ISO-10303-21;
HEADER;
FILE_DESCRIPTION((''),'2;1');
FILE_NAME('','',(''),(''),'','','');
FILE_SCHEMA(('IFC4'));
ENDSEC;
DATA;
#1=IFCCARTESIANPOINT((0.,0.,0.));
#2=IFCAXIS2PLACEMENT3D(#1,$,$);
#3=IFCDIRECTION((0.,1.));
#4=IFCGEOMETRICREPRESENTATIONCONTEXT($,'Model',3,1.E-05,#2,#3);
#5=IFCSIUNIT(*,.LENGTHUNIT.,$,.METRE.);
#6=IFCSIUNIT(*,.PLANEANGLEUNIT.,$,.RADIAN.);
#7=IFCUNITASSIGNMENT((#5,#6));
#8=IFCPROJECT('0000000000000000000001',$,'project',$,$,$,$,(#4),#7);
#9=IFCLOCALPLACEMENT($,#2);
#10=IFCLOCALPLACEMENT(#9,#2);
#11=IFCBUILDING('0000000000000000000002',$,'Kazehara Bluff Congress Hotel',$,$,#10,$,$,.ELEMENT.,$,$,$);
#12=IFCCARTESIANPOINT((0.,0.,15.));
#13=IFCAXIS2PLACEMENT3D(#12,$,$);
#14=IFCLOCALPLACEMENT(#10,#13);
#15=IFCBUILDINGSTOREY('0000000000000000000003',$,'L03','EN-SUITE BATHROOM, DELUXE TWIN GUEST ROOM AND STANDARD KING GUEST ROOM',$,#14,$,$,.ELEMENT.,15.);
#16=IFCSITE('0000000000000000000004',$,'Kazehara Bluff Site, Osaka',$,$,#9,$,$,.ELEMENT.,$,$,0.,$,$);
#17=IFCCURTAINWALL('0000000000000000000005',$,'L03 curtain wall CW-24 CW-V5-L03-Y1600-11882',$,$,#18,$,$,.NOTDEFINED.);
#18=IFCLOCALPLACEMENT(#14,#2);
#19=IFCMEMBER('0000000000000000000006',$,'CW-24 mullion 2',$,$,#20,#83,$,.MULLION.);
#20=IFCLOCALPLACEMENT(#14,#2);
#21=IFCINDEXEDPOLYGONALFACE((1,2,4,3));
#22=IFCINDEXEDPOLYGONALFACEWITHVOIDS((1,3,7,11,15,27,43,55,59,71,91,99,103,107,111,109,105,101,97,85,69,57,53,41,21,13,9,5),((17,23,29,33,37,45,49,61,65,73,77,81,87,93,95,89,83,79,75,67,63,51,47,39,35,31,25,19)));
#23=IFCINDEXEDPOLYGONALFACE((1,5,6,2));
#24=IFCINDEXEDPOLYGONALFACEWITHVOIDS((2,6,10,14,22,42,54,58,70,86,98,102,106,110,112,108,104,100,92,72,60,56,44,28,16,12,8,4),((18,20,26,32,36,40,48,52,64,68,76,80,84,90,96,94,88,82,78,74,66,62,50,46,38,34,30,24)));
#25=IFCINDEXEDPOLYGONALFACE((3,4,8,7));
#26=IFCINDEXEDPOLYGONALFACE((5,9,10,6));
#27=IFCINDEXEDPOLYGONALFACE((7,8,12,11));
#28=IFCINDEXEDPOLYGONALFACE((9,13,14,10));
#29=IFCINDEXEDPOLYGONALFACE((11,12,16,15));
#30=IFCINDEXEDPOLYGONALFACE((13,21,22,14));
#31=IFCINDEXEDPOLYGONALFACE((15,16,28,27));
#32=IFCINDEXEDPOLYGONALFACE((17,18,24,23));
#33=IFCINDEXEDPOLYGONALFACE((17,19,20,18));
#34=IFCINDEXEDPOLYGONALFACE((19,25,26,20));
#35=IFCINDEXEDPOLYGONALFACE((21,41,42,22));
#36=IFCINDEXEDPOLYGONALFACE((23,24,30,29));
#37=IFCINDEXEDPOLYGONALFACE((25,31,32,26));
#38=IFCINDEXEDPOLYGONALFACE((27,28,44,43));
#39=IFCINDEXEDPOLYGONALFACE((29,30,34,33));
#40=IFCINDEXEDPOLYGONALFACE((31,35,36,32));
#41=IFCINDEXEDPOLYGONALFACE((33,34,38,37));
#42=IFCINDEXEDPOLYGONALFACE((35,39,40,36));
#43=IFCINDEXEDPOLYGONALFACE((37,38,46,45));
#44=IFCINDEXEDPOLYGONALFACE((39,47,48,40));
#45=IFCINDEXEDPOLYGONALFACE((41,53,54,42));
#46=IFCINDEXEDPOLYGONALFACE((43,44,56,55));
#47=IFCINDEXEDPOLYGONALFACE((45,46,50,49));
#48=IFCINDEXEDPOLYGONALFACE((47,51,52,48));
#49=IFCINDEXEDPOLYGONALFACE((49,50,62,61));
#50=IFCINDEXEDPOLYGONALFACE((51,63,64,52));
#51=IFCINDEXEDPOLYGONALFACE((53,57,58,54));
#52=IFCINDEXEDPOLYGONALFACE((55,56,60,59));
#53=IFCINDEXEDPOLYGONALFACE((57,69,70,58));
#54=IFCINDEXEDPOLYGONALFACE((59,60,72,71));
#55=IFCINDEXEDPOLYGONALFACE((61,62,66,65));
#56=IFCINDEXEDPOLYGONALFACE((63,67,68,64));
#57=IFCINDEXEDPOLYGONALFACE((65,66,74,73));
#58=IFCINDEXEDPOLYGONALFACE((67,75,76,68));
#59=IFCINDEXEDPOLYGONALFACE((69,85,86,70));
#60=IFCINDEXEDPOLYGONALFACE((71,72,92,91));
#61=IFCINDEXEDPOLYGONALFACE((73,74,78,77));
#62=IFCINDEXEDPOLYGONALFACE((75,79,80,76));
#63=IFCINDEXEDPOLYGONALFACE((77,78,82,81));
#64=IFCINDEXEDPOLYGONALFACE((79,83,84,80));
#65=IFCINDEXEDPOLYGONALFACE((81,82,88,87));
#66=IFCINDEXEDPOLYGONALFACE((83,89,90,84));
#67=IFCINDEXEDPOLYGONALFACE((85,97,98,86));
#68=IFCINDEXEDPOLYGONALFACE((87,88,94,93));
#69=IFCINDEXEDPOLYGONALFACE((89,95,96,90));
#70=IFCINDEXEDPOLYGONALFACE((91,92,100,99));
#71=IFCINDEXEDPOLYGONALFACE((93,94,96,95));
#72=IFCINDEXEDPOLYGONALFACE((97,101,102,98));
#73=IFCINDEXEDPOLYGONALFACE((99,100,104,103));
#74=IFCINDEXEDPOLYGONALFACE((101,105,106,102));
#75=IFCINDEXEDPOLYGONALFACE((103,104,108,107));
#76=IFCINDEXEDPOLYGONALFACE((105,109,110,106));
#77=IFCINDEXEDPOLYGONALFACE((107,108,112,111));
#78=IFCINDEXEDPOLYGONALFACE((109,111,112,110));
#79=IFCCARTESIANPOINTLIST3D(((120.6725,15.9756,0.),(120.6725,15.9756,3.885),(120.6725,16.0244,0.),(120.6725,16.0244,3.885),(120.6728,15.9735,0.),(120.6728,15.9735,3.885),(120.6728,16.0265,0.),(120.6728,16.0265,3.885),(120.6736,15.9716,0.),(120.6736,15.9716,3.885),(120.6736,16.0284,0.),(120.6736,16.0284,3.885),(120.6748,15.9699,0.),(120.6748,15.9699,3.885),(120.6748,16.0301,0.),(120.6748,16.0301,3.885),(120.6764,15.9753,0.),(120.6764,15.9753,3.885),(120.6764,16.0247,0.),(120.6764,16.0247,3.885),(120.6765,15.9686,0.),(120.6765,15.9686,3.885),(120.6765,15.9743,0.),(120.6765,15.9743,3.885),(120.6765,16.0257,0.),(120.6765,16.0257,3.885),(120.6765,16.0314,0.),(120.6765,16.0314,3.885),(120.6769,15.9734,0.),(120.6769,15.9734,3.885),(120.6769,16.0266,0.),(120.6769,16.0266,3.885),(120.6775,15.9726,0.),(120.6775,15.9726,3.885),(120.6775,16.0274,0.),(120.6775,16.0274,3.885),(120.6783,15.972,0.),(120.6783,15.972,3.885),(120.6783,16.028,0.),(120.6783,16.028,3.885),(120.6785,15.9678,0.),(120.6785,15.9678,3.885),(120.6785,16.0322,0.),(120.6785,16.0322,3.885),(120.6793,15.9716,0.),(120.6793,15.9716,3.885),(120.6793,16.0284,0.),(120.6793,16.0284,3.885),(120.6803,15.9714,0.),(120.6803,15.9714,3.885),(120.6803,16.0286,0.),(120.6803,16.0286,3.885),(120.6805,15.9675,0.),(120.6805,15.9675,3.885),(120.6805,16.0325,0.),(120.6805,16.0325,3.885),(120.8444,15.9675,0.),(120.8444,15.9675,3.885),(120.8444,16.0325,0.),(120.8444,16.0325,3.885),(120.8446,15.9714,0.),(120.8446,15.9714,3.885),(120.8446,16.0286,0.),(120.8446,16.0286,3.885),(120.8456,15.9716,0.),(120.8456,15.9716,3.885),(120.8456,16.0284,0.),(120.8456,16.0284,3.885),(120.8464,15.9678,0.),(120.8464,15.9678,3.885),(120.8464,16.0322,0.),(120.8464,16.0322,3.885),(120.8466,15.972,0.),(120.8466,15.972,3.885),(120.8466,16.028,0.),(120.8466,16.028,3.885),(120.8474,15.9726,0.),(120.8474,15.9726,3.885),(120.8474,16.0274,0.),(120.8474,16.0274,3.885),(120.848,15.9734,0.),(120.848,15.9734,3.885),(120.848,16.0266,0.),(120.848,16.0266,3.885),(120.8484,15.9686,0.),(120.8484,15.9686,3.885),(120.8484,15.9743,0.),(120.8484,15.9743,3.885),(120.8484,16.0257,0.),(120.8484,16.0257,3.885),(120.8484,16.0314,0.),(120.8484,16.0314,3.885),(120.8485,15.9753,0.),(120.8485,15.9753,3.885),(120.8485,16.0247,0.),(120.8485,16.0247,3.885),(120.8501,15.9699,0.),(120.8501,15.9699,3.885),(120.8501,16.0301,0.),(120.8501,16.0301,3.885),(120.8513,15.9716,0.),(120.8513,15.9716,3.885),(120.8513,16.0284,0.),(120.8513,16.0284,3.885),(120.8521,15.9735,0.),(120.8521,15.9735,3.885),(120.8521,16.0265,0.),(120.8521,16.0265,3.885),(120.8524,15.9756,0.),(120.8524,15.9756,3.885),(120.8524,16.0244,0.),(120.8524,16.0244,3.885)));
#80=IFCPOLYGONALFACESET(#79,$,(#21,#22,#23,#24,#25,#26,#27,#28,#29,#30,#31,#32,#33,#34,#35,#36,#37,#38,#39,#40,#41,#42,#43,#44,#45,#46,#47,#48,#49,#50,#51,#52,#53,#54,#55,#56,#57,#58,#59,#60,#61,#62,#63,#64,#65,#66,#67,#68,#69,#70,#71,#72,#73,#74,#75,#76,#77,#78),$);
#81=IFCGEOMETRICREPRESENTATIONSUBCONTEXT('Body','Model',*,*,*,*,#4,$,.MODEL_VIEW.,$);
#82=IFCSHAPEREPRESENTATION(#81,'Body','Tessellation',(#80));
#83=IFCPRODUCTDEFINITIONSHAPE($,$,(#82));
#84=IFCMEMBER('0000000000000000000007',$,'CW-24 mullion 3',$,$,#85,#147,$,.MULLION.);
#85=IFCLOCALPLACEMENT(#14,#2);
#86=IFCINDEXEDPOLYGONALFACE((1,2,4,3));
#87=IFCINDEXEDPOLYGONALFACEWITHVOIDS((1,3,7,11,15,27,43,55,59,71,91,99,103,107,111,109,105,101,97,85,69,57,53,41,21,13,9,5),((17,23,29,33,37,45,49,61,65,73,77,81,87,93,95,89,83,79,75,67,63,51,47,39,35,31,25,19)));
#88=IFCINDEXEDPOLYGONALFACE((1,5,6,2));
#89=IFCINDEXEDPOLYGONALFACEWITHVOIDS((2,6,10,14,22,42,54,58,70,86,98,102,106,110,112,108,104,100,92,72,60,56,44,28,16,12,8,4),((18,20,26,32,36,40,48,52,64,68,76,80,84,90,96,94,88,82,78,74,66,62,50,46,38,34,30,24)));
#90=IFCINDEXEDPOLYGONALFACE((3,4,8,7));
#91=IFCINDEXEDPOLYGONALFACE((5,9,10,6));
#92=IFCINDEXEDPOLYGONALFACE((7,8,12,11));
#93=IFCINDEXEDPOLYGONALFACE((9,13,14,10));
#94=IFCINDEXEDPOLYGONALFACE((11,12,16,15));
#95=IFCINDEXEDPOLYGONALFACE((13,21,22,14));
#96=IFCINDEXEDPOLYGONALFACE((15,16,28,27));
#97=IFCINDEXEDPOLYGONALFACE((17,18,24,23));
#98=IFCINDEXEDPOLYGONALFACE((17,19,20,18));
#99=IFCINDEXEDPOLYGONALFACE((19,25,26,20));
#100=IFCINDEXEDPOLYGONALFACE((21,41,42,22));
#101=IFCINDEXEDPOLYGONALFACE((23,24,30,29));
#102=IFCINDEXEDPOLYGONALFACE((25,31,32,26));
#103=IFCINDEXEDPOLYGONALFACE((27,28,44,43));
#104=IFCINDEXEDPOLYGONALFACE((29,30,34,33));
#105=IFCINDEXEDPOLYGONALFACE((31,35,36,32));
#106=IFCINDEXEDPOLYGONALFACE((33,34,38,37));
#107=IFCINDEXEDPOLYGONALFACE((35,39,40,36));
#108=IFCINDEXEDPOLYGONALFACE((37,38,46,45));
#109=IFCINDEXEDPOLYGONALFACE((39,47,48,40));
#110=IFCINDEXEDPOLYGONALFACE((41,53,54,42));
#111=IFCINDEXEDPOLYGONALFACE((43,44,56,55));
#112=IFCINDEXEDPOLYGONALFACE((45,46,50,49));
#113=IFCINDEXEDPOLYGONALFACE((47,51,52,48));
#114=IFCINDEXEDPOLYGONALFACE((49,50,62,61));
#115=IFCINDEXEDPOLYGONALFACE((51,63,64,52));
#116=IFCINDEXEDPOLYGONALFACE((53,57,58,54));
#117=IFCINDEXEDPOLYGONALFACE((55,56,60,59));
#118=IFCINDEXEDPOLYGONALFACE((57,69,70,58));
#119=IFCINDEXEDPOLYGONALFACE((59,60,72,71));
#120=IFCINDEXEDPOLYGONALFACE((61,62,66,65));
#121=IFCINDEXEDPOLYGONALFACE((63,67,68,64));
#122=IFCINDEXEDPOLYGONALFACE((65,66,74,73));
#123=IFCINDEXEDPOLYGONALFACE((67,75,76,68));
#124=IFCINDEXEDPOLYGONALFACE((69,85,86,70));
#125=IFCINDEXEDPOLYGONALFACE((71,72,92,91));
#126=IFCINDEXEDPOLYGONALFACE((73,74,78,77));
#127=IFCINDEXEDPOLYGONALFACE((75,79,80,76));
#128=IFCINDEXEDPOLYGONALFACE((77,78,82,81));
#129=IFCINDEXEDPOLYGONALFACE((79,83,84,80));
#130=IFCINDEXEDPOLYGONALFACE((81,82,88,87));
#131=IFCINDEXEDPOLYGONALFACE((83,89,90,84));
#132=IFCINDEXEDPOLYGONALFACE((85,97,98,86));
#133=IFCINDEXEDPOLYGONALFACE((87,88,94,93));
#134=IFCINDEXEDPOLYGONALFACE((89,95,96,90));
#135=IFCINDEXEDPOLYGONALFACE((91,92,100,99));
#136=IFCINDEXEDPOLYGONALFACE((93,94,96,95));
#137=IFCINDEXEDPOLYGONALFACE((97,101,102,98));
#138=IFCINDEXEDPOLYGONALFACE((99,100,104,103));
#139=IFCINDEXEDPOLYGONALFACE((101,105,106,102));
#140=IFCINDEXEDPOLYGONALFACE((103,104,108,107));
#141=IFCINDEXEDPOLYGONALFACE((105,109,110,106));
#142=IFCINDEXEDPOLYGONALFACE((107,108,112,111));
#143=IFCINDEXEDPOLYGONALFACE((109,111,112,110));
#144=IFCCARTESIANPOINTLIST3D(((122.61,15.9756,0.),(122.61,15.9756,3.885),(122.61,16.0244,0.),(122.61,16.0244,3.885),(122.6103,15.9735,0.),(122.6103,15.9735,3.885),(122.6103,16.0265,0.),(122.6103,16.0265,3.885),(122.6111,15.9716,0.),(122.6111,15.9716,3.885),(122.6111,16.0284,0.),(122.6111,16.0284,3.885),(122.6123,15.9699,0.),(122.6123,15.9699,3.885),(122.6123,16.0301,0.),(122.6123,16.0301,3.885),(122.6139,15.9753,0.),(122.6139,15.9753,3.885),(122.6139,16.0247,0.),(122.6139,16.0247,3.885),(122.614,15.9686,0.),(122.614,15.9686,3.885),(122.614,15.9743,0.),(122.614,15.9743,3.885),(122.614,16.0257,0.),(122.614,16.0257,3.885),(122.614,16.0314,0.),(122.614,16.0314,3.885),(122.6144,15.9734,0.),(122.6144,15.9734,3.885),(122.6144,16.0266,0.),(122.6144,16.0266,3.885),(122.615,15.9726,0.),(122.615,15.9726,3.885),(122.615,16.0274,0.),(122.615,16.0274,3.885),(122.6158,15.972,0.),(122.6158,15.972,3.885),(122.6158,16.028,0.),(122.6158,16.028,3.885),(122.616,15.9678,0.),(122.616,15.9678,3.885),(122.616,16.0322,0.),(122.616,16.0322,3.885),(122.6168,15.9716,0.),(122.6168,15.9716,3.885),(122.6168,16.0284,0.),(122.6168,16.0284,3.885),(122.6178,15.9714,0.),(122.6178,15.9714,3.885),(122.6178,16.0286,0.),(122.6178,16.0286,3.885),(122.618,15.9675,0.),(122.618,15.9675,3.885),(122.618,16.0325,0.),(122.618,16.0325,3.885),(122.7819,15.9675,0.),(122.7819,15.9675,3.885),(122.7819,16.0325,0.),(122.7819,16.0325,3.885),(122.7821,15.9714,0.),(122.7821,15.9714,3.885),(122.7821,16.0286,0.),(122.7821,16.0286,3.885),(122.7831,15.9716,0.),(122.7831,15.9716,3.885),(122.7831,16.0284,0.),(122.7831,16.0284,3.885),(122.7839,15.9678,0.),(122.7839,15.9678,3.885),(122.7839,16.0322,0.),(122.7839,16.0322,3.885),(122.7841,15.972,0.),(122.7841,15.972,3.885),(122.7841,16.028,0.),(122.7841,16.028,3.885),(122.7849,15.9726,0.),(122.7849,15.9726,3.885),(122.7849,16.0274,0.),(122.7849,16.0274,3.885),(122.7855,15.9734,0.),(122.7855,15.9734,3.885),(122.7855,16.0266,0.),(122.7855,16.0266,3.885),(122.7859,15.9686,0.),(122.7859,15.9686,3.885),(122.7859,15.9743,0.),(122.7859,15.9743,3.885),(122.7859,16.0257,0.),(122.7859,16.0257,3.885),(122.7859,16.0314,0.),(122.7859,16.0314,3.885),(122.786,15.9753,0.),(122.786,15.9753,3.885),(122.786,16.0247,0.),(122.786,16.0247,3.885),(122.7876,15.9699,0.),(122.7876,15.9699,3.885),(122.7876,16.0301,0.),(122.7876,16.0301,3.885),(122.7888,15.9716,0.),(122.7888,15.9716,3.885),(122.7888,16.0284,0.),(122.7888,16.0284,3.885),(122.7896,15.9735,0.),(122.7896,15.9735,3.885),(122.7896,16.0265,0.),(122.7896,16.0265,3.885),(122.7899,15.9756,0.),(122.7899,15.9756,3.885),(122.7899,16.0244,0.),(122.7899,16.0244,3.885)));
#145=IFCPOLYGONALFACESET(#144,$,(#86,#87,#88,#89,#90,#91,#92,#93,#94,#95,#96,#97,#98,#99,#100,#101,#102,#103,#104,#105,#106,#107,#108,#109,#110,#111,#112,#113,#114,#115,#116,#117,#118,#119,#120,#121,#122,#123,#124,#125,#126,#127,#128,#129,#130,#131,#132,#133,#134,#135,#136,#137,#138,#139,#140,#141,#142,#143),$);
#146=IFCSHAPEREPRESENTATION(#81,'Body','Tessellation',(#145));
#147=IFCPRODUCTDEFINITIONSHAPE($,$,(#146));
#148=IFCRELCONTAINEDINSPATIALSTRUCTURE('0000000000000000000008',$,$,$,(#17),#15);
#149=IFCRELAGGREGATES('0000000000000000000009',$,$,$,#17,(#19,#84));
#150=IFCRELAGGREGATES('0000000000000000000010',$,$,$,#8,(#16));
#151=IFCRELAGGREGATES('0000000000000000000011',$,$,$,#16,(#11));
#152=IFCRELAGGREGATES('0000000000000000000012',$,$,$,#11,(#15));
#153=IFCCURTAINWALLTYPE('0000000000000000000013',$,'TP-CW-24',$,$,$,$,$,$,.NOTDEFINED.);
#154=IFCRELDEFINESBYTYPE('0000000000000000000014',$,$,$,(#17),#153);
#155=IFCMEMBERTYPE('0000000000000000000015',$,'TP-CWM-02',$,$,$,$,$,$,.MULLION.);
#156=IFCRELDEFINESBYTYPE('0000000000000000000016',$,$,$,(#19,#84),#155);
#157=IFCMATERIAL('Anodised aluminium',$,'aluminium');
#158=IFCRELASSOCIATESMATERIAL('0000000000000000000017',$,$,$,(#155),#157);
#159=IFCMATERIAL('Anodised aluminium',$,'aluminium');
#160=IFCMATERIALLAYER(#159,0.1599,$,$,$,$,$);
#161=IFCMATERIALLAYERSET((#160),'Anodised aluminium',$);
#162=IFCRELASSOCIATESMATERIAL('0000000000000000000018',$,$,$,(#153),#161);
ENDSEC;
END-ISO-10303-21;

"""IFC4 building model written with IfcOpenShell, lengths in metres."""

from ifc_helpers import new_model, si_unit, direction, frame, origin, origin_2d, place, context, subcontext, project, spatial, hollow_rectangle, extrude, material, layer, layer_set, material_profile, profile_set, type_object, element, aggregate, save


model = new_model("IFC4")

# Units and contexts
model_context = context("Model", 3, precision=1e-05, world=origin(), true_north=direction((0.0, 1.0)))
body_context = subcontext(model_context, "Body", "Model", "MODEL_VIEW")
ifc_project = project(units=[si_unit("LENGTHUNIT", "METRE"), si_unit("PLANEANGLEUNIT", "RADIAN")], contexts=[model_context])

# Site, building, storey
site_placement = place(None, origin())
site = spatial("IfcSite", under=ifc_project, at=site_placement, Name="Kazehara Bluff Site, Osaka", CompositionType="ELEMENT", RefElevation=0.0)
building_placement = place(site_placement, origin())
building = spatial("IfcBuilding", under=site, at=building_placement, Name="Kazehara Bluff Congress Hotel", CompositionType="ELEMENT")
storey_placement = place(building_placement, frame((0.0, 0.0, 15.0)))
storey = spatial("IfcBuildingStorey", under=building, at=storey_placement, Name="L03", Description="EN-SUITE BATHROOM, DELUXE TWIN GUEST ROOM AND STANDARD KING GUEST ROOM", CompositionType="ELEMENT", Elevation=15.0)

# Curtain wall, members
ifc_material_1 = material(Name="Anodised aluminium", Category="aluminium")
ifc_material_profile_1 = material_profile(ifc_material_1, hollow_rectangle(XDim=0.0649, YDim=0.1799, WallThickness=0.0039, InnerFilletRadius=0.0039, OuterFilletRadius=0.0081, at=origin_2d()))
ifc_profile_set_1 = profile_set([ifc_material_profile_1], Name="Anodised aluminium")
member_type_1 = type_object("IfcMemberType", Name="TP-CWM-02", PredefinedType="MULLION", material=ifc_profile_set_1)
ifc_material_2 = material(Name="Anodised aluminium", Category="aluminium")
ifc_layer_1 = layer(ifc_material_2, 0.1599)
ifc_layer_set_1 = layer_set([ifc_layer_1], Name="Anodised aluminium")
curtain_wall_type_1 = type_object("IfcCurtainWallType", Name="TP-CW-24", PredefinedType="NOTDEFINED", material=ifc_layer_set_1)
curtain_wall_1_placement = place(storey_placement, origin())
curtain_wall_1 = element("IfcCurtainWall", 1, at=curtain_wall_1_placement, inside=storey, type_object=curtain_wall_type_1, Name="L03 curtain wall CW-24 CW-V5-L03-Y1600-11882", PredefinedType="NOTDEFINED")
member_1_placement = place(storey_placement, frame((120.7625, 16.0, 0.0), z_axis=(0.0, 0.0, 1.0), x_axis=(0.0, 1.0, 0.0)))
member_1 = element("IfcMember", 2, at=member_1_placement, type_object=member_type_1, Name="CW-24 mullion 2", PredefinedType="MULLION", context=body_context, shape_type="SweptSolid", body=[
    extrude(hollow_rectangle(XDim=0.0649, YDim=0.1799, WallThickness=0.0039, InnerFilletRadius=0.0039, OuterFilletRadius=0.0081, at=origin_2d()), origin(), (0.0, 0.0, 1.0), 3.885),
])
member_2_placement = place(storey_placement, frame((122.7, 16.0, 0.0), z_axis=(0.0, 0.0, 1.0), x_axis=(0.0, 1.0, 0.0)))
member_2 = element("IfcMember", 3, at=member_2_placement, type_object=member_type_1, Name="CW-24 mullion 3", PredefinedType="MULLION", context=body_context, shape_type="SweptSolid", body=[
    extrude(hollow_rectangle(XDim=0.0649, YDim=0.1799, WallThickness=0.0039, InnerFilletRadius=0.0039, OuterFilletRadius=0.0081, at=origin_2d()), origin(), (0.0, 0.0, 1.0), 3.885),
])

aggregate(curtain_wall_1, [member_1, member_2])

save(model, "model.ifc")
